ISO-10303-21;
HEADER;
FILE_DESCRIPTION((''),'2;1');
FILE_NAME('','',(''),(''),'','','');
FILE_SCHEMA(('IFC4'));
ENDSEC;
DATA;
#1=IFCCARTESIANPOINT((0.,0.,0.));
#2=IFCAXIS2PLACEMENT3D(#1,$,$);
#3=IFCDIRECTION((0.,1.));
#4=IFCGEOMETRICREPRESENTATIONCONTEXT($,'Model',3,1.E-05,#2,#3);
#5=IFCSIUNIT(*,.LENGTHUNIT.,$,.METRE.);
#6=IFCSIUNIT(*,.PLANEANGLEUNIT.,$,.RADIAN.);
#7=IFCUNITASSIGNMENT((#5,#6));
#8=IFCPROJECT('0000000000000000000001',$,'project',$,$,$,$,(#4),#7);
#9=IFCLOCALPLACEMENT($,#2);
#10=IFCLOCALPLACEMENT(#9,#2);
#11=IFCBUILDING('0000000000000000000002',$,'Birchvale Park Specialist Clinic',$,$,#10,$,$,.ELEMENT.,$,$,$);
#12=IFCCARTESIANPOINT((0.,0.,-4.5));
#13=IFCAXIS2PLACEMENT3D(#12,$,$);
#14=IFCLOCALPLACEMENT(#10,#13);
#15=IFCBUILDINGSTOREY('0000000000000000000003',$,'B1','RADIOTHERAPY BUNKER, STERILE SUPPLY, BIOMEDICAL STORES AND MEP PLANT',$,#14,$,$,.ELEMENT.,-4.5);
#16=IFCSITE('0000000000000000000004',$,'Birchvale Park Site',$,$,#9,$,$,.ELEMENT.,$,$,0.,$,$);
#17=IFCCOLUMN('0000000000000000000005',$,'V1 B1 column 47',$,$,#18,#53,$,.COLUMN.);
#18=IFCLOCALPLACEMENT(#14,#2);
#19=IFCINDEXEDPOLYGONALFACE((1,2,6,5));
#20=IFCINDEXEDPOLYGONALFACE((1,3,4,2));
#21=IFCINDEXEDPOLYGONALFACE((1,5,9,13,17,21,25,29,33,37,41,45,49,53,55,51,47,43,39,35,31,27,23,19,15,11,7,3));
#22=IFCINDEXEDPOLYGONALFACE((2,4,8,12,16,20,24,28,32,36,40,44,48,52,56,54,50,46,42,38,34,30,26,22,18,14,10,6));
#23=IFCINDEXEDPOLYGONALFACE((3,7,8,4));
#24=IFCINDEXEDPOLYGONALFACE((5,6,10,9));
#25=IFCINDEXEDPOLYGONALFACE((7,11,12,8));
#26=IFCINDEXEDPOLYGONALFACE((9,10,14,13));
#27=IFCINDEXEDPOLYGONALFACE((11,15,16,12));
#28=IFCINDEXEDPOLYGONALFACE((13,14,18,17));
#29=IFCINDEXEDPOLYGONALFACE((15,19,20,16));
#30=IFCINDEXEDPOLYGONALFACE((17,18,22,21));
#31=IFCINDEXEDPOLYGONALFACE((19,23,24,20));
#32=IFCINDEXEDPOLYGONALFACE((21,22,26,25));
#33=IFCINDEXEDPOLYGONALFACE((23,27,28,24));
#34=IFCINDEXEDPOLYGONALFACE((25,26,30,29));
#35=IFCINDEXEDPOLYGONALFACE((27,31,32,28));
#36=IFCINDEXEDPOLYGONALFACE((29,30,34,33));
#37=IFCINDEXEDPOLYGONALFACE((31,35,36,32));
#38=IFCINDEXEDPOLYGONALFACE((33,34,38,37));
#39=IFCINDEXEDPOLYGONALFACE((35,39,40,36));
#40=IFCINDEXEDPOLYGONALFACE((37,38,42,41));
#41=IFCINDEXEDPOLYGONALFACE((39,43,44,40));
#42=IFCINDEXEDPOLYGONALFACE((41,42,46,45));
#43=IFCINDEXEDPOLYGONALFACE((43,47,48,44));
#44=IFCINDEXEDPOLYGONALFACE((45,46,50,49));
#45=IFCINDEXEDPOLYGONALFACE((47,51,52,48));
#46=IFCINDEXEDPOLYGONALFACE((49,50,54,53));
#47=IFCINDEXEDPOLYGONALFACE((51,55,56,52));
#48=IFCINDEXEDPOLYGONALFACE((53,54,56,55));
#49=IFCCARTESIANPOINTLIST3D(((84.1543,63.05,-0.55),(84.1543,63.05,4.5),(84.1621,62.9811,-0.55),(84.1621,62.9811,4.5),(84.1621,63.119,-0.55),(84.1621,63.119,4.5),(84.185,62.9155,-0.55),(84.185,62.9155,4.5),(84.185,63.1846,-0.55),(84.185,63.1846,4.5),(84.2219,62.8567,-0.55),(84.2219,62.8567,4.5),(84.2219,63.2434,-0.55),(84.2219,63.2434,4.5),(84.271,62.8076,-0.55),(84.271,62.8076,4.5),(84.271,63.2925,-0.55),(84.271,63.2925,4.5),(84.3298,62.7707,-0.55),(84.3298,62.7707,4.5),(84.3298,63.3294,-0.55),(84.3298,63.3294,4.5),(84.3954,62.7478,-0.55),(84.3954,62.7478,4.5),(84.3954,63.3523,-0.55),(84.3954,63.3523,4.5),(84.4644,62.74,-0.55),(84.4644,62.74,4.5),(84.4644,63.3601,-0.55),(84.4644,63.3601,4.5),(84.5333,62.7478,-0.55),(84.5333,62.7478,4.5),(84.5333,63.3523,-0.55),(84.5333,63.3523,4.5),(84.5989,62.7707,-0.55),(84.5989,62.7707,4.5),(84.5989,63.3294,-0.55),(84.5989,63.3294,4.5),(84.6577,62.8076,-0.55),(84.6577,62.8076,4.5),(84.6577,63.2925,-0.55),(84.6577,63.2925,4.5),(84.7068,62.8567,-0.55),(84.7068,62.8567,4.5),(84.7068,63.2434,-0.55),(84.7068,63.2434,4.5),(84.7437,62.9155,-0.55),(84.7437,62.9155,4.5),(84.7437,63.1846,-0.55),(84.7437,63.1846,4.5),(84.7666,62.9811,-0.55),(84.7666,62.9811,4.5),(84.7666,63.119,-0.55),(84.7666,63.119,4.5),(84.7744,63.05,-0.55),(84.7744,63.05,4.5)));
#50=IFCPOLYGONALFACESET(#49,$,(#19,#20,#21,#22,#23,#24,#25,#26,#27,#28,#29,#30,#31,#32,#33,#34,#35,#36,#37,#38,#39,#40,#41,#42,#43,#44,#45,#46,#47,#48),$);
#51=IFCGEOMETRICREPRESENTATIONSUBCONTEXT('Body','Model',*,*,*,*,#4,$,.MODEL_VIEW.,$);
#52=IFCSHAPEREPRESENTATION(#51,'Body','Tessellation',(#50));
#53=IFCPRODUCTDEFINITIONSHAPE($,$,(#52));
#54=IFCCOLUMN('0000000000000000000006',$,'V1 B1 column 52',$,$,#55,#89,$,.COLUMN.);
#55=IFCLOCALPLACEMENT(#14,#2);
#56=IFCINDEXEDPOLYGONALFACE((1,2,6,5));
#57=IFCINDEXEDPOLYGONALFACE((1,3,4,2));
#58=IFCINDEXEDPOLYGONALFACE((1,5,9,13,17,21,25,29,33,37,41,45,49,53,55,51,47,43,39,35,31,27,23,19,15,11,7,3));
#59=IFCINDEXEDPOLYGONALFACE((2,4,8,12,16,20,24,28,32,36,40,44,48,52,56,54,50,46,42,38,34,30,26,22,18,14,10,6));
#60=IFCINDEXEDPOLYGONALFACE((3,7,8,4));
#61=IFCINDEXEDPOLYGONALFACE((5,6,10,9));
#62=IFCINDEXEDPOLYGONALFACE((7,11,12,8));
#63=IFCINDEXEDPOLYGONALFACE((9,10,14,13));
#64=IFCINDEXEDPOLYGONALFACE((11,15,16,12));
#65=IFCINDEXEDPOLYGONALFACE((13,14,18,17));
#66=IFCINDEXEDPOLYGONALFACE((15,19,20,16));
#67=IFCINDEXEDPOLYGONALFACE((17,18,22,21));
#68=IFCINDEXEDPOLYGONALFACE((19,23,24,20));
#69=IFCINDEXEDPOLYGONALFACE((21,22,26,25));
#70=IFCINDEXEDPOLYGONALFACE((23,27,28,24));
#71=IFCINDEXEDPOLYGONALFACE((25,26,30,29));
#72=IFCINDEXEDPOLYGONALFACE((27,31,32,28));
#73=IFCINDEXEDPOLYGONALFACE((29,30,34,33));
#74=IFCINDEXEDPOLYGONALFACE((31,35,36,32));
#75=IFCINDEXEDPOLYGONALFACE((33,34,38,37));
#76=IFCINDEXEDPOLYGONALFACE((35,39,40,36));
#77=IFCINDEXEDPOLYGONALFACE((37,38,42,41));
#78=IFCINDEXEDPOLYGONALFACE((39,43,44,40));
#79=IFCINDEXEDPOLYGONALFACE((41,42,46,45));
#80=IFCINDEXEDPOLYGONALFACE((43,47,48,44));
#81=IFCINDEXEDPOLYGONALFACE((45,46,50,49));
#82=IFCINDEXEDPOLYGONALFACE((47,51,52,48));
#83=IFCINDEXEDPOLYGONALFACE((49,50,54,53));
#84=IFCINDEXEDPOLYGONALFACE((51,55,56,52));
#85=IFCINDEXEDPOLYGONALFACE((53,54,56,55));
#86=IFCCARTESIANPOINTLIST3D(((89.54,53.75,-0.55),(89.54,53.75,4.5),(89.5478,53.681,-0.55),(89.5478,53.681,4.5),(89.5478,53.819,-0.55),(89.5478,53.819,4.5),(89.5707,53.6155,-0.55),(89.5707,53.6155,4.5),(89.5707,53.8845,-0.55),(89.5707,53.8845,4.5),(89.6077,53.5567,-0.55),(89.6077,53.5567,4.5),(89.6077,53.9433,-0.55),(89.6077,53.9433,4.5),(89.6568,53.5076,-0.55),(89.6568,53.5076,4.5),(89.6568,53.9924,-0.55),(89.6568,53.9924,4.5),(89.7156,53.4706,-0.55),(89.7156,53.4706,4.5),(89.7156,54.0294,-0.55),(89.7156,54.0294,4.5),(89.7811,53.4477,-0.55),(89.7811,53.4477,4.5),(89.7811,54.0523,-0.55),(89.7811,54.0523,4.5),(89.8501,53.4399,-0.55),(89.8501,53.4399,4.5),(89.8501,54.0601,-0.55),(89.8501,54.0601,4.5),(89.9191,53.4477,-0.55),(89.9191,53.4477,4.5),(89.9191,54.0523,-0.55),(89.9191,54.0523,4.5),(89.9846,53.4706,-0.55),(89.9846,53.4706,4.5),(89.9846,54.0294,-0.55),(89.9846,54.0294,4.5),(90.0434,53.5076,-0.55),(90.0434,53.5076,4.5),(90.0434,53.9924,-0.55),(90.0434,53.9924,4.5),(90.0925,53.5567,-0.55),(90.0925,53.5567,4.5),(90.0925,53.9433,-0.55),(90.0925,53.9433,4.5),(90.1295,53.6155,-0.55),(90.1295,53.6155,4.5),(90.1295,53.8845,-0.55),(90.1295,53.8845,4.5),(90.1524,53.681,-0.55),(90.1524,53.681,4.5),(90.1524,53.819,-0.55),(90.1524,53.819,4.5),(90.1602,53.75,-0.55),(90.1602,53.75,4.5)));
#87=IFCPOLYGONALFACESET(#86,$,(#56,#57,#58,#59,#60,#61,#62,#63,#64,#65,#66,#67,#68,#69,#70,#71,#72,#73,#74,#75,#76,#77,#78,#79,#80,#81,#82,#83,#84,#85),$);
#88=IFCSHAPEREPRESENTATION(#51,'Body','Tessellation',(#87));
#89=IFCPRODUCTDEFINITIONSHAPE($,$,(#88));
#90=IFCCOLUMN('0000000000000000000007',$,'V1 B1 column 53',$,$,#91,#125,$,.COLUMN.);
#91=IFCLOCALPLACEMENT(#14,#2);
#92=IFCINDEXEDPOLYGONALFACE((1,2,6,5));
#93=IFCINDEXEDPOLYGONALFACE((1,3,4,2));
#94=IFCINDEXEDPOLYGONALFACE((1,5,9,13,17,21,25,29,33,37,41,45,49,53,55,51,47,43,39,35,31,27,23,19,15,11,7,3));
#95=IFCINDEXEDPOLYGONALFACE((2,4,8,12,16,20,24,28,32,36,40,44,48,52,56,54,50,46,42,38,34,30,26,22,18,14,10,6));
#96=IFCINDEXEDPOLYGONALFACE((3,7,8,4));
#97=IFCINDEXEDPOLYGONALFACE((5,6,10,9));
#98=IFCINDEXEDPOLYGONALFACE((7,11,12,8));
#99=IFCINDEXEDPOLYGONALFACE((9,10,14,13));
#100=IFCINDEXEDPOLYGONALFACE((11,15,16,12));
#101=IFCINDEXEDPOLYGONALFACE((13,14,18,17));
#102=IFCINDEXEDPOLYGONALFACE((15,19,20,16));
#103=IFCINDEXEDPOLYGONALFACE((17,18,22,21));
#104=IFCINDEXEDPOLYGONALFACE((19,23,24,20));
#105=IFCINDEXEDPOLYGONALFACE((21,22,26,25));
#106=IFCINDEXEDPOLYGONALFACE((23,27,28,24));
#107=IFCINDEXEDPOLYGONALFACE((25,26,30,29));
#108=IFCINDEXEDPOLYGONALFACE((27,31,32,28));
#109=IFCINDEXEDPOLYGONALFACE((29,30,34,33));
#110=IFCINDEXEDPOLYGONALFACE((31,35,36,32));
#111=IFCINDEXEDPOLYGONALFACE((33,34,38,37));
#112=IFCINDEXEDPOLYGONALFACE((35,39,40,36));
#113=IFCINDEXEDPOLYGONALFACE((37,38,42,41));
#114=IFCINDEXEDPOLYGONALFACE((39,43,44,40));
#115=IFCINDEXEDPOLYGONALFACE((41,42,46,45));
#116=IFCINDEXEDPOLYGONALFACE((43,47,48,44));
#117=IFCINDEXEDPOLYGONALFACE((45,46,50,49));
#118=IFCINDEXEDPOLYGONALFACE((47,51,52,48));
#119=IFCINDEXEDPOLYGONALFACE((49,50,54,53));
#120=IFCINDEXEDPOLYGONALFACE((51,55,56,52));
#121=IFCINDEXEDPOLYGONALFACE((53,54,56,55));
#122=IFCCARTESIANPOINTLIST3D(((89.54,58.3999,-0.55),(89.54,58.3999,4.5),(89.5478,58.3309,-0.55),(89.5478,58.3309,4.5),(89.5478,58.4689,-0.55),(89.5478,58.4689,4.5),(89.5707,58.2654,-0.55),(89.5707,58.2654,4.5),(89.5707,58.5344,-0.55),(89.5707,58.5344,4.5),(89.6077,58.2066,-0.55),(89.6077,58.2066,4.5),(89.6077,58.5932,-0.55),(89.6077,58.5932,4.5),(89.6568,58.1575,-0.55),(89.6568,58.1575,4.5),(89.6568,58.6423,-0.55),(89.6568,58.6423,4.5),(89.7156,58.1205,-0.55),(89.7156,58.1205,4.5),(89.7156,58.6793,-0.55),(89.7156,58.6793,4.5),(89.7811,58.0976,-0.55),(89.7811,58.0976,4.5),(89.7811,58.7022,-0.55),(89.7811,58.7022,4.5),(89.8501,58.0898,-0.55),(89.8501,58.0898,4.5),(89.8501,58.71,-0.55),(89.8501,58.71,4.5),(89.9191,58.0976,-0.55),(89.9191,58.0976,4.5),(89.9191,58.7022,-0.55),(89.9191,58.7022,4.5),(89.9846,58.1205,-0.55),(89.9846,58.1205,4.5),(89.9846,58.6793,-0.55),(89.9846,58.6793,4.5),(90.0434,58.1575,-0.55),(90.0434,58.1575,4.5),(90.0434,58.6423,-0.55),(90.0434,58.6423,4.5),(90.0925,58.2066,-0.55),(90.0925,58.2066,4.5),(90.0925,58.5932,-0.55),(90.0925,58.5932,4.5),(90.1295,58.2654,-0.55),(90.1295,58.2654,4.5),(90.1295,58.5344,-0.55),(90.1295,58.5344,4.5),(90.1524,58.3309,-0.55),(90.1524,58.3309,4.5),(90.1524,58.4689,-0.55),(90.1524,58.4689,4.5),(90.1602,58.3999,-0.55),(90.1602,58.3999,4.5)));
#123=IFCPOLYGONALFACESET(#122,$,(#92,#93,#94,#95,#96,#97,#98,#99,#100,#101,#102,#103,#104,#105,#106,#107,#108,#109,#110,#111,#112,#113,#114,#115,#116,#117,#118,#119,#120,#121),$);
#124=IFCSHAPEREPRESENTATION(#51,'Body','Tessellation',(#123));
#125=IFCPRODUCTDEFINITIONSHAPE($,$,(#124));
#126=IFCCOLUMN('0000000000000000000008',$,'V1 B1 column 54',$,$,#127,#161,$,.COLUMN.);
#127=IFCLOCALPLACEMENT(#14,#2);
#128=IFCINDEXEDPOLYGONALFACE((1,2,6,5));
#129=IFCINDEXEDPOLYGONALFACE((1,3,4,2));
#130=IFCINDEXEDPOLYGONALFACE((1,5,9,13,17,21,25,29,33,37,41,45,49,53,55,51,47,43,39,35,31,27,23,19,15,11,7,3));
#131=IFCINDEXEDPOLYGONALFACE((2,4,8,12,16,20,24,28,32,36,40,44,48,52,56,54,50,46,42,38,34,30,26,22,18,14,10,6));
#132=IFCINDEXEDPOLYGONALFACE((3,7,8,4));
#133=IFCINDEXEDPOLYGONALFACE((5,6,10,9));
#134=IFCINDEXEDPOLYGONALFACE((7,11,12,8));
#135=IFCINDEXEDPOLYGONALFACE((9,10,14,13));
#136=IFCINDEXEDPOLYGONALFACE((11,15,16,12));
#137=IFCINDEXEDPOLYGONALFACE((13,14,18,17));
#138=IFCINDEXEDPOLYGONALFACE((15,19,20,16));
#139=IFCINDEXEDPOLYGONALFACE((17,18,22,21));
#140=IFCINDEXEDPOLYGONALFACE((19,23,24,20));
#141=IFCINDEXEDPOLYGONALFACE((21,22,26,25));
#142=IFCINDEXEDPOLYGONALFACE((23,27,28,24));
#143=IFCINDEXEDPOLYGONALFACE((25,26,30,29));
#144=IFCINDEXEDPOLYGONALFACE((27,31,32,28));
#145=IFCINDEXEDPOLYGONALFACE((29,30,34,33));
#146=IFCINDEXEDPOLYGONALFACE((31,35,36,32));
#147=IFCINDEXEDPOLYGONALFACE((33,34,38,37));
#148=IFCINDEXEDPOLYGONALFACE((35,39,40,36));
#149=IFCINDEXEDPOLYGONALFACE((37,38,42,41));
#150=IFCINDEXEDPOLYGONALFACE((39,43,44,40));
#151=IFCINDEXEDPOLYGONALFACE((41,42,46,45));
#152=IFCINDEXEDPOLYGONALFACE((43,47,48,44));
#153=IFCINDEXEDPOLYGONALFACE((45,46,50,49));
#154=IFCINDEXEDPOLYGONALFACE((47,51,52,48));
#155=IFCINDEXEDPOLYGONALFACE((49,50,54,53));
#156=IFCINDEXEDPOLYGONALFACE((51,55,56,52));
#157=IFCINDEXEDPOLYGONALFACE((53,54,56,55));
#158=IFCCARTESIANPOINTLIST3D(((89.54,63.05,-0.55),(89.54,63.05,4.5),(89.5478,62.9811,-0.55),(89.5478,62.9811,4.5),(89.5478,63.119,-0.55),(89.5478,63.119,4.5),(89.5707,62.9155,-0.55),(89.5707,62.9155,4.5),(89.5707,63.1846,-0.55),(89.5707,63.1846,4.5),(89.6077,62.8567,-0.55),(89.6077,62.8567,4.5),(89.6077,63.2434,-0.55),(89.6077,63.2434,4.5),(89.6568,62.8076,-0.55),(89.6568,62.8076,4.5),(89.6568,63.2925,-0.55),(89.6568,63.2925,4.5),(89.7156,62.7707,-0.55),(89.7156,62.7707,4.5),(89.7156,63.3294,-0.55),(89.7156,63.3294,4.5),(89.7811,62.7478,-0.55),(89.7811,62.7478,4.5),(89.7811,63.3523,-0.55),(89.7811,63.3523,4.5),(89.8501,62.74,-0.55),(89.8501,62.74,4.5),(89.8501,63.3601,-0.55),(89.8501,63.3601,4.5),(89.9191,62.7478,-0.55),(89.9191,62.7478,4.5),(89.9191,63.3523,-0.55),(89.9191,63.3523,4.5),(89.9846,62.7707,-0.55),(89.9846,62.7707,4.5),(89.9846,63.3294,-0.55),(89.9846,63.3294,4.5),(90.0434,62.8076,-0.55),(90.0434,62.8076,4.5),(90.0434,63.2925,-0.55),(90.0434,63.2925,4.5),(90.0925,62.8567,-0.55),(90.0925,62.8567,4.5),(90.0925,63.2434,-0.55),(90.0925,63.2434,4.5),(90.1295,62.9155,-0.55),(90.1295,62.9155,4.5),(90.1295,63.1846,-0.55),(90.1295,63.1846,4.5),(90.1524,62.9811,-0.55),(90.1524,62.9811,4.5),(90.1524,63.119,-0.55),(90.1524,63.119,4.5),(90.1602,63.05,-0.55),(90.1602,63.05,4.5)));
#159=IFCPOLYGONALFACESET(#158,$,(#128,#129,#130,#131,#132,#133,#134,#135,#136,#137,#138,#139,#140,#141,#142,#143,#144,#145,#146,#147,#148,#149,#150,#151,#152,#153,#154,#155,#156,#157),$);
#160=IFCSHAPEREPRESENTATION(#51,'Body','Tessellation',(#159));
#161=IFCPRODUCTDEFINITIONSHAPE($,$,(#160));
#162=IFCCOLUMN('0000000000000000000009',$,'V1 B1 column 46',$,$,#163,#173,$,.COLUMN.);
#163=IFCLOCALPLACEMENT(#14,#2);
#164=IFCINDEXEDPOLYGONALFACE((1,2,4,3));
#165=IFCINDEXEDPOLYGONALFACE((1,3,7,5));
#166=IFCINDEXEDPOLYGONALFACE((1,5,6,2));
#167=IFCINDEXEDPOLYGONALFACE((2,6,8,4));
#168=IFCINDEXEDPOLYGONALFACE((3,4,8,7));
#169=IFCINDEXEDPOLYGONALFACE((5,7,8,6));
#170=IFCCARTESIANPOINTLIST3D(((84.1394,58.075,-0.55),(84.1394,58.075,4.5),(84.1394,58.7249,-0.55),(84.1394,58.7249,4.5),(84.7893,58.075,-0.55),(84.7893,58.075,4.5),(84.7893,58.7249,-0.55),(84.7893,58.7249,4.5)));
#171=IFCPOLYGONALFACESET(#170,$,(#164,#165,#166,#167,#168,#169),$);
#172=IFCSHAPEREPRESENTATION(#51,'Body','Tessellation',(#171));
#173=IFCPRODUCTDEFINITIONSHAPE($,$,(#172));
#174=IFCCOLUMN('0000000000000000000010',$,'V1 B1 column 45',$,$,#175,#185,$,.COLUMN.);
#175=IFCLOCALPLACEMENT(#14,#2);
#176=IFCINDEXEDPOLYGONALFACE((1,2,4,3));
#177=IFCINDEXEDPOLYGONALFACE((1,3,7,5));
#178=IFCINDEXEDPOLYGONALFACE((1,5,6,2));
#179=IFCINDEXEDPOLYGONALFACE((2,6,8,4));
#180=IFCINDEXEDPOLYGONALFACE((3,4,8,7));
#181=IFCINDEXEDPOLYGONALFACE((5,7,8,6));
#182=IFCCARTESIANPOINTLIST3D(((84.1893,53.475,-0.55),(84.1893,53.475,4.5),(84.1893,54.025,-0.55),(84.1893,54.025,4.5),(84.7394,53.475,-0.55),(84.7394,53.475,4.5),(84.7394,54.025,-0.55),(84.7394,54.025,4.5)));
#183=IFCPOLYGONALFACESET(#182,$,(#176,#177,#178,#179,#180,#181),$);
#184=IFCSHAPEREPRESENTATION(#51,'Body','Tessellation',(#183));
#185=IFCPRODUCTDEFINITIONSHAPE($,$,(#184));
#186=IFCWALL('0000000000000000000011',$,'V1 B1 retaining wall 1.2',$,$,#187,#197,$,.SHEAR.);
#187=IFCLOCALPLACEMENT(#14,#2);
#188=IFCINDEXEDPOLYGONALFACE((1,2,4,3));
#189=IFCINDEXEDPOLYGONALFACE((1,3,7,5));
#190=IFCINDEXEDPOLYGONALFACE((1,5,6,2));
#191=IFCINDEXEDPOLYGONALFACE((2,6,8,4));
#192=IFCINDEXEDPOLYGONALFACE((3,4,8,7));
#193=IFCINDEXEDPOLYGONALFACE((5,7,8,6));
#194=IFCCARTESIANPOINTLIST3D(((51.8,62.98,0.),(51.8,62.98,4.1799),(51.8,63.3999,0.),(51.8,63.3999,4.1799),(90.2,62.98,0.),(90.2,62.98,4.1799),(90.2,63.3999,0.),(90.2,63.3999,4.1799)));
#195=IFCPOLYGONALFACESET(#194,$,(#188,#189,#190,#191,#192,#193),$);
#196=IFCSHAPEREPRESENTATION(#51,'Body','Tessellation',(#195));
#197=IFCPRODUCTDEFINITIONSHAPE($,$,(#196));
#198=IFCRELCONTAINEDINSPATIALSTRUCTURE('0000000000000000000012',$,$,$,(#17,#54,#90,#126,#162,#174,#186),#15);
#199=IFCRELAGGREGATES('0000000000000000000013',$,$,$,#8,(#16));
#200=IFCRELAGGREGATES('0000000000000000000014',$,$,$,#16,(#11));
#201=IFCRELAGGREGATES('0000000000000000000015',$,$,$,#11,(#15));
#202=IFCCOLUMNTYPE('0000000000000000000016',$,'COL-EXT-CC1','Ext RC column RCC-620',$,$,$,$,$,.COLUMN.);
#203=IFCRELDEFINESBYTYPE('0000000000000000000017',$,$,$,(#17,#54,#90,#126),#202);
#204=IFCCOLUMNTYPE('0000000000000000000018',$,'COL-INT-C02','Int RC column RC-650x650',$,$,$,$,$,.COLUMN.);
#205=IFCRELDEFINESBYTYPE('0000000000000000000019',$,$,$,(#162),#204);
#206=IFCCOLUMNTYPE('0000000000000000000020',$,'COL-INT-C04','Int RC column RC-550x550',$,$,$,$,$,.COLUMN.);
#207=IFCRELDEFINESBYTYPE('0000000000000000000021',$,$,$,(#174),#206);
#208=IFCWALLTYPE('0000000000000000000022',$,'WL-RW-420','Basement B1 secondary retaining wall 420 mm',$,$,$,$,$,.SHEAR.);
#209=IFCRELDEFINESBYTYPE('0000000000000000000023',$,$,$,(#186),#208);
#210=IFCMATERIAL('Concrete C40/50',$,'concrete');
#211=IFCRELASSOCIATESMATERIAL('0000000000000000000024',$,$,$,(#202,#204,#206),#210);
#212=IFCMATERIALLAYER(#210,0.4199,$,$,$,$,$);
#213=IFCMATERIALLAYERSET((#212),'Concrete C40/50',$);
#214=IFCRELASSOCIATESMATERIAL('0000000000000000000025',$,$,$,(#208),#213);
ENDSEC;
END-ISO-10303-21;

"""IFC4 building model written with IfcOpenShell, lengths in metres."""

from ifc_helpers import new_model, si_unit, direction, frame, frame_2d, origin, origin_2d, place, context, subcontext, project, spatial, rectangle, circle, extrude, material, layer, layer_set, material_profile, profile_set, type_object, element, save


model = new_model("IFC4")

# Units and contexts
model_context = context("Model", 3, precision=1e-05, world=origin(), true_north=direction((0.0, 1.0)))
body_context = subcontext(model_context, "Body", "Model", "MODEL_VIEW")
ifc_project = project(units=[si_unit("LENGTHUNIT", "METRE"), si_unit("PLANEANGLEUNIT", "RADIAN")], contexts=[model_context])

# Site, building, storey
site_placement = place(None, origin())
site = spatial("IfcSite", under=ifc_project, at=site_placement, Name="Birchvale Park Site", CompositionType="ELEMENT", RefElevation=0.0)
building_placement = place(site_placement, origin())
building = spatial("IfcBuilding", under=site, at=building_placement, Name="Birchvale Park Specialist Clinic", CompositionType="ELEMENT")
storey_placement = place(building_placement, frame((0.0, 0.0, -4.5)))
storey = spatial("IfcBuildingStorey", under=building, at=storey_placement, Name="B1", Description="RADIOTHERAPY BUNKER, STERILE SUPPLY, BIOMEDICAL STORES AND MEP PLANT", CompositionType="ELEMENT", Elevation=-4.5)

# Shared definitions
ifc_material = material(Name="Concrete C40/50", Category="concrete")

# Columns
ifc_material_profile_1 = material_profile(ifc_material, circle(Radius=0.3101, at=origin_2d()), Name="RCC-620")
ifc_profile_set_1 = profile_set([ifc_material_profile_1], Name="Concrete C40/50")
column_type_1 = type_object("IfcColumnType", Name="COL-EXT-CC1", Description="Ext RC column RCC-620", PredefinedType="COLUMN", material=ifc_profile_set_1)
for number, where, z_axis, x_axis, name in (
    (1, (84.4644, 63.05, -0.55), (0.0, 0.0, 1.0), (1.0, 0.0, 0.0), "V1 B1 column 47"),
    (2, (89.8501, 53.75, -0.55), (0.0, 0.0, 1.0), (1.0, 0.0, 0.0), "V1 B1 column 52"),
    (3, (89.8501, 58.3999, -0.55), (0.0, 0.0, 1.0), (1.0, 0.0, 0.0), "V1 B1 column 53"),
    (4, (89.8501, 63.05, -0.55), (0.0, 0.0, 1.0), (1.0, 0.0, 0.0), "V1 B1 column 54"),
):
    element("IfcColumn", number, at=place(storey_placement, frame(where, z_axis=z_axis, x_axis=x_axis)), inside=storey, type_object=column_type_1, Name=name, PredefinedType="COLUMN", context=body_context, shape_type="SweptSolid", body=[
        extrude(circle(Radius=0.3101, at=origin_2d()), origin(), (0.0, 0.0, 1.0), 5.05),
    ])
ifc_material_profile_2 = material_profile(ifc_material, rectangle(XDim=0.6499, YDim=0.6499, at=origin_2d()), Name="RC-650x650")
ifc_profile_set_2 = profile_set([ifc_material_profile_2], Name="Concrete C40/50")
column_type_2 = type_object("IfcColumnType", Name="COL-INT-C02", Description="Int RC column RC-650x650", PredefinedType="COLUMN", material=ifc_profile_set_2)
column_1_placement = place(storey_placement, frame((84.4644, 58.3999, -0.55), z_axis=(0.0, 0.0, 1.0), x_axis=(1.0, 0.0, 0.0)))
element("IfcColumn", 5, at=column_1_placement, inside=storey, type_object=column_type_2, Name="V1 B1 column 46", PredefinedType="COLUMN", context=body_context, shape_type="SweptSolid", body=[
    extrude(rectangle(XDim=0.6499, YDim=0.6499, at=origin_2d()), origin(), (0.0, 0.0, 1.0), 5.05),
])
ifc_material_profile_3 = material_profile(ifc_material, rectangle(XDim=0.55, YDim=0.55, at=origin_2d()), Name="RC-550x550")
ifc_profile_set_3 = profile_set([ifc_material_profile_3], Name="Concrete C40/50")
column_type_3 = type_object("IfcColumnType", Name="COL-INT-C04", Description="Int RC column RC-550x550", PredefinedType="COLUMN", material=ifc_profile_set_3)
column_2_placement = place(storey_placement, frame((84.4644, 53.75, -0.55), z_axis=(0.0, 0.0, 1.0), x_axis=(1.0, 0.0, 0.0)))
element("IfcColumn", 6, at=column_2_placement, inside=storey, type_object=column_type_3, Name="V1 B1 column 45", PredefinedType="COLUMN", context=body_context, shape_type="SweptSolid", body=[
    extrude(rectangle(XDim=0.55, YDim=0.55, at=origin_2d()), origin(), (0.0, 0.0, 1.0), 5.05),
])

# Wall
ifc_layer = layer(ifc_material, 0.4199)
ifc_layer_set = layer_set([ifc_layer], Name="Concrete C40/50")
wall_type = type_object("IfcWallType", Name="WL-RW-420", Description="Basement B1 secondary retaining wall 420 mm", PredefinedType="SHEAR", material=ifc_layer_set)
wall_1_placement = place(storey_placement, frame((90.2, 63.1899, 0.0), z_axis=(0.0, 0.0, 1.0), x_axis=(-1.0, 0.0, 0.0)))
element("IfcWall", 7, at=wall_1_placement, inside=storey, type_object=wall_type, Name="V1 B1 retaining wall 1.2", PredefinedType="SHEAR", context=body_context, shape_type="SweptSolid", body=[
    extrude(rectangle(XDim=38.3999, YDim=0.4199, at=frame_2d((19.2, 0.0))), origin(), (0.0, 0.0, 1.0), 4.1799),
])

save(model, "model.ifc")
